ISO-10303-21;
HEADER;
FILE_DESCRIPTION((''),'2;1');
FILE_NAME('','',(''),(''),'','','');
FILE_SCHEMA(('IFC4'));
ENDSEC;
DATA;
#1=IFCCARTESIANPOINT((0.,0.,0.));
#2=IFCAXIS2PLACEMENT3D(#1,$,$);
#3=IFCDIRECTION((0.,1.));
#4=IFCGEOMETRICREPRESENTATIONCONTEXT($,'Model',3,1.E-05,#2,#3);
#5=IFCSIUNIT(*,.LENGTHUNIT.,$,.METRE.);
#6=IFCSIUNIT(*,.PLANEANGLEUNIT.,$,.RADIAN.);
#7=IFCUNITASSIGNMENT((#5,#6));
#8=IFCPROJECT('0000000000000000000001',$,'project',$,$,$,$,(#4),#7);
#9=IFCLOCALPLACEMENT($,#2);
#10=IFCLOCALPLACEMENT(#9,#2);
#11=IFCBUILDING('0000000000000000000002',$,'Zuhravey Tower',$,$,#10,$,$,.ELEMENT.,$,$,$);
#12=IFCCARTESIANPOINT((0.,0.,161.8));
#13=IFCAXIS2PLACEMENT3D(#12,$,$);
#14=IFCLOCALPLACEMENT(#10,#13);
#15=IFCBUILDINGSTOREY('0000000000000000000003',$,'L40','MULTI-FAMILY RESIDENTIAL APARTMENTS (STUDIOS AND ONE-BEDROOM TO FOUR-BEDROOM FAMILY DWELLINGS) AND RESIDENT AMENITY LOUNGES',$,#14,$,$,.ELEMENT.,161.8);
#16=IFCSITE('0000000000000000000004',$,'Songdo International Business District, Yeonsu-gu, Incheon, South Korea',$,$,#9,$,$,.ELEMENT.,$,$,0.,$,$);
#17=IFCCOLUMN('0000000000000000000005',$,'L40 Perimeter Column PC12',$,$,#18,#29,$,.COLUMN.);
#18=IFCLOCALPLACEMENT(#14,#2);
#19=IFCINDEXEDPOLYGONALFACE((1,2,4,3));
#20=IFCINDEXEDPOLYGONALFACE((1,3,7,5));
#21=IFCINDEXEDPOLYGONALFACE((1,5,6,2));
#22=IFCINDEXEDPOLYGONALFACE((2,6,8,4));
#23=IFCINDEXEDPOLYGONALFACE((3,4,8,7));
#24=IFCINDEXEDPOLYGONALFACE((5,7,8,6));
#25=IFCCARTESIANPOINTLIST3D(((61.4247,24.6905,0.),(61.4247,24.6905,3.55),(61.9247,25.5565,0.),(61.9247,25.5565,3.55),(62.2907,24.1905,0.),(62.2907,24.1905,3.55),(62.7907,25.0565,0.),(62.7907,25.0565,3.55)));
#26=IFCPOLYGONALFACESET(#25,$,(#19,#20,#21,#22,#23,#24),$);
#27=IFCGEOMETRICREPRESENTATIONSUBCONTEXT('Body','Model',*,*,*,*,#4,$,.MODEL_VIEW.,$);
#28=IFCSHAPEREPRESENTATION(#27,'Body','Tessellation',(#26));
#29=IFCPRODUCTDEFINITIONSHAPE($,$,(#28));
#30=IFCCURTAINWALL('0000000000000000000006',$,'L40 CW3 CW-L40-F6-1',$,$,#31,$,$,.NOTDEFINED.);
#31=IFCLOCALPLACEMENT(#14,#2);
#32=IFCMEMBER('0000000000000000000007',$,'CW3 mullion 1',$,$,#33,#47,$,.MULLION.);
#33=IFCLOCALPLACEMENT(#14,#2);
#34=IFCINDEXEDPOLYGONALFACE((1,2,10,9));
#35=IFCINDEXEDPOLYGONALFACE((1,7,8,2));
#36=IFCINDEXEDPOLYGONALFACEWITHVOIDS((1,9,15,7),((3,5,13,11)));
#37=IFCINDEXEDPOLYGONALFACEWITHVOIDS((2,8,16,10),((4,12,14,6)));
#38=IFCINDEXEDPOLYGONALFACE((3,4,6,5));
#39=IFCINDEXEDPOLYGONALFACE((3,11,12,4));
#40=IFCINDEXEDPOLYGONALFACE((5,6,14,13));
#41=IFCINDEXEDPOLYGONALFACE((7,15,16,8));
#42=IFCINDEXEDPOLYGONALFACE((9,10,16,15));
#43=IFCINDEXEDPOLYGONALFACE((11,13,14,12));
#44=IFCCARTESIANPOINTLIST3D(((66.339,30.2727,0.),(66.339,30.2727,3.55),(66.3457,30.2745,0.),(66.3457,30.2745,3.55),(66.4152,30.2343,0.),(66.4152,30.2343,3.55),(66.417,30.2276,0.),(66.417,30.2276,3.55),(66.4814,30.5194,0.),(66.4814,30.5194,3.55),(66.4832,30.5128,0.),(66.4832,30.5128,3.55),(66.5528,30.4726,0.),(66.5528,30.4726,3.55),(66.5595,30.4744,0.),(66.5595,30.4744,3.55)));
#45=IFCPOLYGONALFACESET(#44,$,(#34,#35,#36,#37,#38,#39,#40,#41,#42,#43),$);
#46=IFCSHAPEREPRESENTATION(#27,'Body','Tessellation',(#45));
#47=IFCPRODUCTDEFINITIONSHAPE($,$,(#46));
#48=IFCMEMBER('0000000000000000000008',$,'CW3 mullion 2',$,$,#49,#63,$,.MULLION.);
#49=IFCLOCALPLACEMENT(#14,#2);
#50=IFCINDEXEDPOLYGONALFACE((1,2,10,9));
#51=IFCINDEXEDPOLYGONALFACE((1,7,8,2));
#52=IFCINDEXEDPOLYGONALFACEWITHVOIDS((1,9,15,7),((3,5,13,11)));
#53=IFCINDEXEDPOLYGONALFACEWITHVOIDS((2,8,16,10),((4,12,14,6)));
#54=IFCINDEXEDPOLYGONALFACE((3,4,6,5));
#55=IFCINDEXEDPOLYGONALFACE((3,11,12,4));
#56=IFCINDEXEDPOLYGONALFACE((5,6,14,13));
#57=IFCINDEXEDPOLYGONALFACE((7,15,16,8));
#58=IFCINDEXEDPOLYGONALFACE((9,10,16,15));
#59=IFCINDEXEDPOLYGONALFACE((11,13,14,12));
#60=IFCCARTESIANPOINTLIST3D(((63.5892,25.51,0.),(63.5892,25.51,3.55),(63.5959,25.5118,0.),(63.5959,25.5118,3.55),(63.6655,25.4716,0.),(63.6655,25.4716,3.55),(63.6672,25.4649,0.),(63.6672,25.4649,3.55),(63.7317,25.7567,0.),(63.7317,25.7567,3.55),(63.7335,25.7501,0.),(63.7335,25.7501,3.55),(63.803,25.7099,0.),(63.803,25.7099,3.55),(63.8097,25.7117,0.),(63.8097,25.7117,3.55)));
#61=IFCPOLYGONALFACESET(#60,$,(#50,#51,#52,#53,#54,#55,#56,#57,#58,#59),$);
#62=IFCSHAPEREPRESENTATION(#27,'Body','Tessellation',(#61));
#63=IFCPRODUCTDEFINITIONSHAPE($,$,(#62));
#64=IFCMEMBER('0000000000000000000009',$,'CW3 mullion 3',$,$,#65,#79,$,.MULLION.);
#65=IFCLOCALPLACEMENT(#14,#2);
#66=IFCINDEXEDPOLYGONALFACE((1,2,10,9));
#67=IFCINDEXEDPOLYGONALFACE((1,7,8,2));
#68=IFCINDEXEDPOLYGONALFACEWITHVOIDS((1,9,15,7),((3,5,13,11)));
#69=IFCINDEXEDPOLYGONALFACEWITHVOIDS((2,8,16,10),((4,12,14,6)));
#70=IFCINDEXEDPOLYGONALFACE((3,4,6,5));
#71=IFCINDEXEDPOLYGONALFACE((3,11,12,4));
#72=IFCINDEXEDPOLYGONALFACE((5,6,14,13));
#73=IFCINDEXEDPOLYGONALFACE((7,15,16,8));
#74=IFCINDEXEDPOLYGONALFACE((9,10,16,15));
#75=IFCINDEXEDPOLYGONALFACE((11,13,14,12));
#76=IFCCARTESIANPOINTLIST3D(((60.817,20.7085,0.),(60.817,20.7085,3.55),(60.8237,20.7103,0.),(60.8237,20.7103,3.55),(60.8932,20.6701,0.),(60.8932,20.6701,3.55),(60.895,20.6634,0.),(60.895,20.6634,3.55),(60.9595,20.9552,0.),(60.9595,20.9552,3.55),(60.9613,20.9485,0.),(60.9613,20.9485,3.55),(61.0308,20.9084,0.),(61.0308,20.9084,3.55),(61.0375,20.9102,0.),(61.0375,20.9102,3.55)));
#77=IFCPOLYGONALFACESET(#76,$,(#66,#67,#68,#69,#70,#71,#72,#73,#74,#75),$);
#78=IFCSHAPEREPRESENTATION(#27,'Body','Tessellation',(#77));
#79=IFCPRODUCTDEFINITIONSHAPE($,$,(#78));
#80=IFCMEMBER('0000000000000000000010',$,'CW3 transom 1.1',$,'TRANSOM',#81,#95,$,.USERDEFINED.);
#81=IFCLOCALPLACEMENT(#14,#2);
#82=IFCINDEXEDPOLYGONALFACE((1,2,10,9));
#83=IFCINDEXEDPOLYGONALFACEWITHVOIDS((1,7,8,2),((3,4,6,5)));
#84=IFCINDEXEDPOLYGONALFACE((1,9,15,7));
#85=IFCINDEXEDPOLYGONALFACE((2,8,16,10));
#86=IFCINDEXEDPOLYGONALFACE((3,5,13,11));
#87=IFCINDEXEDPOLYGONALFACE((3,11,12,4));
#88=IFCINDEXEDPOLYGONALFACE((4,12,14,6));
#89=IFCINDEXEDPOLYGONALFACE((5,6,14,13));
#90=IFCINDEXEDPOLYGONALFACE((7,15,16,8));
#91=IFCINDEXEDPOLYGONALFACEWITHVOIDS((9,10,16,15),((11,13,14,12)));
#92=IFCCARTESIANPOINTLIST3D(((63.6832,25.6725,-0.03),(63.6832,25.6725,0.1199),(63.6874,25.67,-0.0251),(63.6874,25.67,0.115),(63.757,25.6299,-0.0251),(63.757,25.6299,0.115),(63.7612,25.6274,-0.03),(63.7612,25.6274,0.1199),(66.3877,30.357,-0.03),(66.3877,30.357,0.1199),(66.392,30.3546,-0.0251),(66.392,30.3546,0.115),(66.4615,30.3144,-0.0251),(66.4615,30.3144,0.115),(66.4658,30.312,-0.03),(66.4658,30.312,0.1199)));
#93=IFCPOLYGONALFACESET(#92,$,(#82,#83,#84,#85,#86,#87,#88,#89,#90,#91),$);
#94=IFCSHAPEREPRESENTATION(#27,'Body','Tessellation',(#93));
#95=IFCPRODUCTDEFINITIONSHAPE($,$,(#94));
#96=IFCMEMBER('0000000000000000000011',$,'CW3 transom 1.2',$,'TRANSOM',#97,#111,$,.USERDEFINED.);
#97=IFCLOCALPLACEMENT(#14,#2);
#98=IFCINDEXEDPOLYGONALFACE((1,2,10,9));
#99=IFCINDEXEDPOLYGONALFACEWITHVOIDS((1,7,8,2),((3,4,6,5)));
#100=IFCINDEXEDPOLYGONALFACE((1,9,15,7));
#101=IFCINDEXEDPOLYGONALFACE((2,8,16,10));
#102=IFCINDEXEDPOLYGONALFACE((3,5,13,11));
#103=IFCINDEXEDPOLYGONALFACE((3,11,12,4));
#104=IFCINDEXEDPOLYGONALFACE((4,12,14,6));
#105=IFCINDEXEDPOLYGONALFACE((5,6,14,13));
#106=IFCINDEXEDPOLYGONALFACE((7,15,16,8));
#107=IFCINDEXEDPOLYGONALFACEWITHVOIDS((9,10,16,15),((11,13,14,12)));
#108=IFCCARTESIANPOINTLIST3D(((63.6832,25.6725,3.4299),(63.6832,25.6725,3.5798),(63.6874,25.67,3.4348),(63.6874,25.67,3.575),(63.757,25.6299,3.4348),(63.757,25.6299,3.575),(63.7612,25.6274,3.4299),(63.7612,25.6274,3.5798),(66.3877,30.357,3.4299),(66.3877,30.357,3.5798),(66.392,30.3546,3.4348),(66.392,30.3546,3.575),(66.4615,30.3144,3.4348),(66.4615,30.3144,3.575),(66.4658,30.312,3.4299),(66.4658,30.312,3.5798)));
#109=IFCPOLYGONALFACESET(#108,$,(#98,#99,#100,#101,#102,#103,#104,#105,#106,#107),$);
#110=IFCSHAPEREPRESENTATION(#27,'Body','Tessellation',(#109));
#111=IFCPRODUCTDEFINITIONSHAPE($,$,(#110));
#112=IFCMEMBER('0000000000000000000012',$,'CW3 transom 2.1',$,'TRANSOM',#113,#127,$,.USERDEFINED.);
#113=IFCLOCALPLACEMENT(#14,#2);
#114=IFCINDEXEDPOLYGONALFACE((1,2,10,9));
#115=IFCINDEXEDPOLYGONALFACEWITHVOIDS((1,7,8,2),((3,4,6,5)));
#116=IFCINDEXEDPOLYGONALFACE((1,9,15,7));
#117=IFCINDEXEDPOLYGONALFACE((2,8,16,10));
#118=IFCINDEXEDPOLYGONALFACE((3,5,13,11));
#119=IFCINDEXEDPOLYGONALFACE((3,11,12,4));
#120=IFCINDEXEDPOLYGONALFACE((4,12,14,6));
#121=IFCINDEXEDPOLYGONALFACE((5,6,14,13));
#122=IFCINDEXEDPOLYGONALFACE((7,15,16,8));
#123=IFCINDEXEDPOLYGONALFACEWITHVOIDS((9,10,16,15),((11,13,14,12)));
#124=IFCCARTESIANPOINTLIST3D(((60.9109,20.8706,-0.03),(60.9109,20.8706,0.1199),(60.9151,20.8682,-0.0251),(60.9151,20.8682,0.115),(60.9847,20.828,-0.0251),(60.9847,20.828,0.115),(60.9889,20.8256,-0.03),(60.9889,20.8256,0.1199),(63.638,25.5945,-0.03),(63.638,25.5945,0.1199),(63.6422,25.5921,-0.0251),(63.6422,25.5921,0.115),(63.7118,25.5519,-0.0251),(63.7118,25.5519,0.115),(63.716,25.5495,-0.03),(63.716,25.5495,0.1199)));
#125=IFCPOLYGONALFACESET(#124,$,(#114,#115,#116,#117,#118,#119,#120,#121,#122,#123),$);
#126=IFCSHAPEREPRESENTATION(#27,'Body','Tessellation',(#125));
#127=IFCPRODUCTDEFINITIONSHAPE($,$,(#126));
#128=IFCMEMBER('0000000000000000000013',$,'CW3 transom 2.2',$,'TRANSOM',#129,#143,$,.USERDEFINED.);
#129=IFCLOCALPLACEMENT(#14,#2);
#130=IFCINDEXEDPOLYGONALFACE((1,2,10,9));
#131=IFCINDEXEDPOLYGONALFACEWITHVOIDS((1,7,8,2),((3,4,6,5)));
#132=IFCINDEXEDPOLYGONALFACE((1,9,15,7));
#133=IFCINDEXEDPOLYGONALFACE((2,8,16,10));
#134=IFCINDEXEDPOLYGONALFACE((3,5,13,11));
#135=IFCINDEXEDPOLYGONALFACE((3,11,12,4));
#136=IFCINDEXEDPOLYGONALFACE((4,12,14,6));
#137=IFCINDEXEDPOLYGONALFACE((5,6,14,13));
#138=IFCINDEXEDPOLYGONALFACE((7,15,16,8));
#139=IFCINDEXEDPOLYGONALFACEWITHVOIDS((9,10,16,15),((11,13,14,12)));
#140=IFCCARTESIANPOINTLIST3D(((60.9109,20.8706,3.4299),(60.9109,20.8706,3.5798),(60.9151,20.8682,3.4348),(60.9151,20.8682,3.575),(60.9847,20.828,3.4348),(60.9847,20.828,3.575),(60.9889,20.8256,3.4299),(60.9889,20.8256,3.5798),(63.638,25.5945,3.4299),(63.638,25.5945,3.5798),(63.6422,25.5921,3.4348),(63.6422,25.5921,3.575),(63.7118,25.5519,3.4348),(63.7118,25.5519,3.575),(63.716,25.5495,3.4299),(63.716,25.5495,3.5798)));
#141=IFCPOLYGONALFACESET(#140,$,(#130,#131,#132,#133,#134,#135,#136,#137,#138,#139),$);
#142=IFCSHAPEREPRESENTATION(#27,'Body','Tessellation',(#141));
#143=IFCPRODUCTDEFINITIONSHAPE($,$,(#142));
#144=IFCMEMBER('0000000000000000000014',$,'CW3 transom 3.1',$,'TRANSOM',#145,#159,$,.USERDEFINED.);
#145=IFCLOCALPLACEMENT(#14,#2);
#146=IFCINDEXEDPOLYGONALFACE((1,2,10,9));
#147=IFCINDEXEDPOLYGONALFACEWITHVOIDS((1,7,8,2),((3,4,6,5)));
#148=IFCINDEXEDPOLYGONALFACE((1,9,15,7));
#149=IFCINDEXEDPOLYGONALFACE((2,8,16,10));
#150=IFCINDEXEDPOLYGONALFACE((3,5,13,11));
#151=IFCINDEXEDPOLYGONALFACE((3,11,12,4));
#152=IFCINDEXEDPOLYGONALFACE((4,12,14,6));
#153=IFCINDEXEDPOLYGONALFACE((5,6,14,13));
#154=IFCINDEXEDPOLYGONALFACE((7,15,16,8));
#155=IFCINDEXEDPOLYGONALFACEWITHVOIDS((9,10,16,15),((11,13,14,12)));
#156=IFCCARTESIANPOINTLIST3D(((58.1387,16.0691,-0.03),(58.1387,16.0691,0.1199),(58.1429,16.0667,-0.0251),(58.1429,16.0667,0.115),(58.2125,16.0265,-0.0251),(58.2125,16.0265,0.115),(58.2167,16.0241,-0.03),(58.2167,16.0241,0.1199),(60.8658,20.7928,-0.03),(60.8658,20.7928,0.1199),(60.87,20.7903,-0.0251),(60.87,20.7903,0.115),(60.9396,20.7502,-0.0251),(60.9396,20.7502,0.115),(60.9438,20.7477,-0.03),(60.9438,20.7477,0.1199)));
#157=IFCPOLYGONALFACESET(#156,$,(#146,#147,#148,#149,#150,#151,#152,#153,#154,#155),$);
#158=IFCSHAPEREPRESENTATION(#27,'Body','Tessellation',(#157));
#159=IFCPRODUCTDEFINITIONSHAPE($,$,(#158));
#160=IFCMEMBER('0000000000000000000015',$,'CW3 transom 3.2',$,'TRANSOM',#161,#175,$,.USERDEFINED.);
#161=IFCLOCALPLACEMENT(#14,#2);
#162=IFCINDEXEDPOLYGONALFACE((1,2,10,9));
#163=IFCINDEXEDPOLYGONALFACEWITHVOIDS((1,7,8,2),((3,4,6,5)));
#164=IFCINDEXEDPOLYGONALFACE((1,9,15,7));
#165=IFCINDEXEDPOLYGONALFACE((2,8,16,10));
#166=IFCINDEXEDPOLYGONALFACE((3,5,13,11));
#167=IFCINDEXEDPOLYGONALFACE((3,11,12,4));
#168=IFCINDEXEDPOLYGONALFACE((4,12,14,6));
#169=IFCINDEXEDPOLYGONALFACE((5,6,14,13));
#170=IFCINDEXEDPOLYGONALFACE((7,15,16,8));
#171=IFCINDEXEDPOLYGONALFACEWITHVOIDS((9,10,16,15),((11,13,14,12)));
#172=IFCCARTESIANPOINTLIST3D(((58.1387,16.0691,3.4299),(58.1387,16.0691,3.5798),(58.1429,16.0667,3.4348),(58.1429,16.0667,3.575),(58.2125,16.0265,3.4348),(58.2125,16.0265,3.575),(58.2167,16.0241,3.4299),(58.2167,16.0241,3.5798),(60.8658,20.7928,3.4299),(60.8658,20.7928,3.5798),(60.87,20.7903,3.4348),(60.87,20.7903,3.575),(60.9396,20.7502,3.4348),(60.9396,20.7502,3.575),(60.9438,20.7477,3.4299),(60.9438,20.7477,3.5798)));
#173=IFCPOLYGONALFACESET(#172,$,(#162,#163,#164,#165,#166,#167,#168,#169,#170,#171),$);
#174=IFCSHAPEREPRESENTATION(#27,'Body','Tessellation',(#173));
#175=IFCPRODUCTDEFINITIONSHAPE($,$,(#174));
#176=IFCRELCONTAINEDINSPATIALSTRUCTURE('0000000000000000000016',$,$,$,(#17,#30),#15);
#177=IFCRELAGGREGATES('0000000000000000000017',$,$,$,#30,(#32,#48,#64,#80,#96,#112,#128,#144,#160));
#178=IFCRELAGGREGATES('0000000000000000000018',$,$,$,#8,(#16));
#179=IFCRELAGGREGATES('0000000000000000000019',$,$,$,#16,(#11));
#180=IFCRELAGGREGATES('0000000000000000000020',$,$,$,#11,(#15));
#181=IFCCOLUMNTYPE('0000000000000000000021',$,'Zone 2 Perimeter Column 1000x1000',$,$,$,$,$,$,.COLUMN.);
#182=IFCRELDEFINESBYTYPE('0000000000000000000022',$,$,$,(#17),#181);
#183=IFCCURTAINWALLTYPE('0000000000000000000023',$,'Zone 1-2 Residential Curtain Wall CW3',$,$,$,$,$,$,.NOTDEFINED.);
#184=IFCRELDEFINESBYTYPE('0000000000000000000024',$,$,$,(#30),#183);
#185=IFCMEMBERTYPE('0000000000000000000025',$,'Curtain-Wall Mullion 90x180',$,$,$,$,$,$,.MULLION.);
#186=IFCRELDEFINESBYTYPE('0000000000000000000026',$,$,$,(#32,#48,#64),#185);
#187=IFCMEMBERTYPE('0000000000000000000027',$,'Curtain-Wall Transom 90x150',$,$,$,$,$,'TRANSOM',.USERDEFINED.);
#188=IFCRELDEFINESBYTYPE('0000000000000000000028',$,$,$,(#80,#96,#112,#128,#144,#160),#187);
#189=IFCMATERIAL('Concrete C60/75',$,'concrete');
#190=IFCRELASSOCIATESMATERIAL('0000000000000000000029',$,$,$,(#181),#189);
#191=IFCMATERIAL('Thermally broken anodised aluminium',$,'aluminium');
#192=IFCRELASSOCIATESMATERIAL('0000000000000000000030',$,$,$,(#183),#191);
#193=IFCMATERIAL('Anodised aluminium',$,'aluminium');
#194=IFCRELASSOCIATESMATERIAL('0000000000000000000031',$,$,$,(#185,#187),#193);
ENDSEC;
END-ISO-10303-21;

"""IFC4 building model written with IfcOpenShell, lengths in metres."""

from ifc_helpers import new_model, si_unit, direction, frame, origin, origin_2d, place, context, subcontext, project, spatial, rectangle, hollow_rectangle, extrude, material, material_profile, profile_set, type_object, element, aggregate, save


model = new_model("IFC4")

# Units and contexts
model_context = context("Model", 3, precision=1e-05, world=origin(), true_north=direction((0.0, 1.0)))
body_context = subcontext(model_context, "Body", "Model", "MODEL_VIEW")
ifc_project = project(units=[si_unit("LENGTHUNIT", "METRE"), si_unit("PLANEANGLEUNIT", "RADIAN")], contexts=[model_context])

# Site, building, storey
site_placement = place(None, origin())
site = spatial("IfcSite", under=ifc_project, at=site_placement, Name="Songdo International Business District, Yeonsu-gu, Incheon, South Korea", CompositionType="ELEMENT", RefElevation=0.0)
building_placement = place(site_placement, origin())
building = spatial("IfcBuilding", under=site, at=building_placement, Name="Zuhravey Tower", CompositionType="ELEMENT")
storey_placement = place(building_placement, frame((0.0, 0.0, 161.8)))
storey = spatial("IfcBuildingStorey", under=building, at=storey_placement, Name="L40", Description="MULTI-FAMILY RESIDENTIAL APARTMENTS (STUDIOS AND ONE-BEDROOM TO FOUR-BEDROOM FAMILY DWELLINGS) AND RESIDENT AMENITY LOUNGES", CompositionType="ELEMENT", Elevation=161.8)

# Column
ifc_material_1 = material(Name="Concrete C60/75", Category="concrete")
ifc_material_profile_1 = material_profile(ifc_material_1, rectangle(XDim=1.0, YDim=1.0, at=origin_2d()), Name="RC-1000x1000")
ifc_profile_set_1 = profile_set([ifc_material_profile_1], Name="Concrete C60/75")
column_type = type_object("IfcColumnType", Name="Zone 2 Perimeter Column 1000x1000", PredefinedType="COLUMN", material=ifc_profile_set_1)
column_placement = place(storey_placement, frame((62.1077, 24.8735, 0.0), z_axis=(0.0, 0.0, 1.0), x_axis=(0.5, 0.866025, 0.0)))
element("IfcColumn", 1, at=column_placement, inside=storey, type_object=column_type, Name="L40 Perimeter Column PC12", PredefinedType="COLUMN", context=body_context, shape_type="SweptSolid", body=[
    extrude(rectangle(XDim=1.0, YDim=1.0, at=origin_2d()), origin(), (0.0, 0.0, 1.0), 3.55),
])

# Curtain wall, members
ifc_material_2 = material(Name="Thermally broken anodised aluminium", Category="aluminium")
curtain_wall_type = type_object("IfcCurtainWallType", Name="Zone 1-2 Residential Curtain Wall CW3", PredefinedType="NOTDEFINED", material=ifc_material_2)
curtain_wall_placement = place(storey_placement, origin())
curtain_wall = element("IfcCurtainWall", 2, at=curtain_wall_placement, inside=storey, type_object=curtain_wall_type, Name="L40 CW3 CW-L40-F6-1", PredefinedType="NOTDEFINED")
ifc_material_3 = material(Name="Anodised aluminium", Category="aluminium")
ifc_material_profile_2 = material_profile(ifc_material_3, hollow_rectangle(XDim=0.0901, YDim=0.2849, WallThickness=0.0049, at=origin_2d()), Name="ALU-RHS-90x285x5")
ifc_profile_set_2 = profile_set([ifc_material_profile_2], Name="Anodised aluminium")
member_type_1 = type_object("IfcMemberType", Name="Curtain-Wall Mullion 90x180", PredefinedType="MULLION", material=ifc_profile_set_2)
member_1_placement = place(storey_placement, frame((66.4492, 30.3735, 0.0), z_axis=(0.0, 0.0, 1.0), x_axis=(0.866025, -0.5, 0.0)))
member_1 = element("IfcMember", 3, at=member_1_placement, type_object=member_type_1, Name="CW3 mullion 1", PredefinedType="MULLION", context=body_context, shape_type="SweptSolid", body=[
    extrude(hollow_rectangle(XDim=0.0901, YDim=0.2849, WallThickness=0.0049, at=origin_2d()), origin(), (0.0, 0.0, 1.0), 3.55),
])
member_2_placement = place(storey_placement, frame((63.6995, 25.6108, 0.0), z_axis=(0.0, 0.0, 1.0), x_axis=(0.866025, -0.5, 0.0)))
member_2 = element("IfcMember", 4, at=member_2_placement, type_object=member_type_1, Name="CW3 mullion 2", PredefinedType="MULLION", context=body_context, shape_type="SweptSolid", body=[
    extrude(hollow_rectangle(XDim=0.0901, YDim=0.2849, WallThickness=0.0049, at=origin_2d()), origin(), (0.0, 0.0, 1.0), 3.55),
])
member_3_placement = place(storey_placement, frame((60.9272, 20.8093, 0.0), z_axis=(0.0, 0.0, 1.0), x_axis=(0.866025, -0.5, 0.0)))
member_3 = element("IfcMember", 5, at=member_3_placement, type_object=member_type_1, Name="CW3 mullion 3", PredefinedType="MULLION", context=body_context, shape_type="SweptSolid", body=[
    extrude(hollow_rectangle(XDim=0.0901, YDim=0.2849, WallThickness=0.0049, at=origin_2d()), origin(), (0.0, 0.0, 1.0), 3.55),
])
ifc_material_profile_3 = material_profile(ifc_material_3, hollow_rectangle(XDim=0.0901, YDim=0.1499, WallThickness=0.0049, at=origin_2d()), Name="ALU-RHS-90x150x5")
ifc_profile_set_3 = profile_set([ifc_material_profile_3], Name="Anodised aluminium")
member_type_2 = type_object("IfcMemberType", Name="Curtain-Wall Transom 90x150", ElementType="TRANSOM", PredefinedType="USERDEFINED", material=ifc_profile_set_3)
member_4_placement = place(storey_placement, frame((66.4268, 30.3345, 0.0449), z_axis=(-0.499993, -0.866029, 0.0), x_axis=(0.866029, -0.499993, 0.0)))
member_4 = element("IfcMember", 6, at=member_4_placement, type_object=member_type_2, Name="CW3 transom 1.1", ObjectType="TRANSOM", PredefinedType="USERDEFINED", context=body_context, shape_type="SweptSolid", body=[
    extrude(hollow_rectangle(XDim=0.0901, YDim=0.1499, WallThickness=0.0049, at=origin_2d()), origin(), (0.0, 0.0, 1.0), 5.4092),
])
member_5_placement = place(storey_placement, frame((66.4268, 30.3345, 3.5049), z_axis=(-0.499993, -0.866029, 0.0), x_axis=(0.866029, -0.499993, 0.0)))
member_5 = element("IfcMember", 7, at=member_5_placement, type_object=member_type_2, Name="CW3 transom 1.2", ObjectType="TRANSOM", PredefinedType="USERDEFINED", context=body_context, shape_type="SweptSolid", body=[
    extrude(hollow_rectangle(XDim=0.0901, YDim=0.1499, WallThickness=0.0049, at=origin_2d()), origin(), (0.0, 0.0, 1.0), 5.4092),
])
member_6_placement = place(storey_placement, frame((63.677, 25.572, 0.0449), z_axis=(-0.499961, -0.866048, 0.0), x_axis=(0.866048, -0.499961, 0.0)))
member_6 = element("IfcMember", 8, at=member_6_placement, type_object=member_type_2, Name="CW3 transom 2.1", ObjectType="TRANSOM", PredefinedType="USERDEFINED", context=body_context, shape_type="SweptSolid", body=[
    extrude(hollow_rectangle(XDim=0.0901, YDim=0.1499, WallThickness=0.0049, at=origin_2d()), origin(), (0.0, 0.0, 1.0), 5.4546),
])
member_7_placement = place(storey_placement, frame((63.677, 25.572, 3.5049), z_axis=(-0.499961, -0.866048, 0.0), x_axis=(0.866048, -0.499961, 0.0)))
member_7 = element("IfcMember", 9, at=member_7_placement, type_object=member_type_2, Name="CW3 transom 2.2", ObjectType="TRANSOM", PredefinedType="USERDEFINED", context=body_context, shape_type="SweptSolid", body=[
    extrude(hollow_rectangle(XDim=0.0901, YDim=0.1499, WallThickness=0.0049, at=origin_2d()), origin(), (0.0, 0.0, 1.0), 5.4546),
])
member_8_placement = place(storey_placement, frame((60.9048, 20.7703, 0.0449), z_axis=(-0.499981, -0.866037, 0.0), x_axis=(0.866037, -0.499981, 0.0)))
member_8 = element("IfcMember", 10, at=member_8_placement, type_object=member_type_2, Name="CW3 transom 3.1", ObjectType="TRANSOM", PredefinedType="USERDEFINED", context=body_context, shape_type="SweptSolid", body=[
    extrude(hollow_rectangle(XDim=0.0901, YDim=0.1499, WallThickness=0.0049, at=origin_2d()), origin(), (0.0, 0.0, 1.0), 5.4543),
])
member_9_placement = place(storey_placement, frame((60.9048, 20.7703, 3.5049), z_axis=(-0.499981, -0.866037, 0.0), x_axis=(0.866037, -0.499981, 0.0)))
member_9 = element("IfcMember", 11, at=member_9_placement, type_object=member_type_2, Name="CW3 transom 3.2", ObjectType="TRANSOM", PredefinedType="USERDEFINED", context=body_context, shape_type="SweptSolid", body=[
    extrude(hollow_rectangle(XDim=0.0901, YDim=0.1499, WallThickness=0.0049, at=origin_2d()), origin(), (0.0, 0.0, 1.0), 5.4543),
])

aggregate(curtain_wall, [member_1, member_2, member_3, member_4, member_5, member_6, member_7, member_8, member_9])

save(model, "model.ifc")
